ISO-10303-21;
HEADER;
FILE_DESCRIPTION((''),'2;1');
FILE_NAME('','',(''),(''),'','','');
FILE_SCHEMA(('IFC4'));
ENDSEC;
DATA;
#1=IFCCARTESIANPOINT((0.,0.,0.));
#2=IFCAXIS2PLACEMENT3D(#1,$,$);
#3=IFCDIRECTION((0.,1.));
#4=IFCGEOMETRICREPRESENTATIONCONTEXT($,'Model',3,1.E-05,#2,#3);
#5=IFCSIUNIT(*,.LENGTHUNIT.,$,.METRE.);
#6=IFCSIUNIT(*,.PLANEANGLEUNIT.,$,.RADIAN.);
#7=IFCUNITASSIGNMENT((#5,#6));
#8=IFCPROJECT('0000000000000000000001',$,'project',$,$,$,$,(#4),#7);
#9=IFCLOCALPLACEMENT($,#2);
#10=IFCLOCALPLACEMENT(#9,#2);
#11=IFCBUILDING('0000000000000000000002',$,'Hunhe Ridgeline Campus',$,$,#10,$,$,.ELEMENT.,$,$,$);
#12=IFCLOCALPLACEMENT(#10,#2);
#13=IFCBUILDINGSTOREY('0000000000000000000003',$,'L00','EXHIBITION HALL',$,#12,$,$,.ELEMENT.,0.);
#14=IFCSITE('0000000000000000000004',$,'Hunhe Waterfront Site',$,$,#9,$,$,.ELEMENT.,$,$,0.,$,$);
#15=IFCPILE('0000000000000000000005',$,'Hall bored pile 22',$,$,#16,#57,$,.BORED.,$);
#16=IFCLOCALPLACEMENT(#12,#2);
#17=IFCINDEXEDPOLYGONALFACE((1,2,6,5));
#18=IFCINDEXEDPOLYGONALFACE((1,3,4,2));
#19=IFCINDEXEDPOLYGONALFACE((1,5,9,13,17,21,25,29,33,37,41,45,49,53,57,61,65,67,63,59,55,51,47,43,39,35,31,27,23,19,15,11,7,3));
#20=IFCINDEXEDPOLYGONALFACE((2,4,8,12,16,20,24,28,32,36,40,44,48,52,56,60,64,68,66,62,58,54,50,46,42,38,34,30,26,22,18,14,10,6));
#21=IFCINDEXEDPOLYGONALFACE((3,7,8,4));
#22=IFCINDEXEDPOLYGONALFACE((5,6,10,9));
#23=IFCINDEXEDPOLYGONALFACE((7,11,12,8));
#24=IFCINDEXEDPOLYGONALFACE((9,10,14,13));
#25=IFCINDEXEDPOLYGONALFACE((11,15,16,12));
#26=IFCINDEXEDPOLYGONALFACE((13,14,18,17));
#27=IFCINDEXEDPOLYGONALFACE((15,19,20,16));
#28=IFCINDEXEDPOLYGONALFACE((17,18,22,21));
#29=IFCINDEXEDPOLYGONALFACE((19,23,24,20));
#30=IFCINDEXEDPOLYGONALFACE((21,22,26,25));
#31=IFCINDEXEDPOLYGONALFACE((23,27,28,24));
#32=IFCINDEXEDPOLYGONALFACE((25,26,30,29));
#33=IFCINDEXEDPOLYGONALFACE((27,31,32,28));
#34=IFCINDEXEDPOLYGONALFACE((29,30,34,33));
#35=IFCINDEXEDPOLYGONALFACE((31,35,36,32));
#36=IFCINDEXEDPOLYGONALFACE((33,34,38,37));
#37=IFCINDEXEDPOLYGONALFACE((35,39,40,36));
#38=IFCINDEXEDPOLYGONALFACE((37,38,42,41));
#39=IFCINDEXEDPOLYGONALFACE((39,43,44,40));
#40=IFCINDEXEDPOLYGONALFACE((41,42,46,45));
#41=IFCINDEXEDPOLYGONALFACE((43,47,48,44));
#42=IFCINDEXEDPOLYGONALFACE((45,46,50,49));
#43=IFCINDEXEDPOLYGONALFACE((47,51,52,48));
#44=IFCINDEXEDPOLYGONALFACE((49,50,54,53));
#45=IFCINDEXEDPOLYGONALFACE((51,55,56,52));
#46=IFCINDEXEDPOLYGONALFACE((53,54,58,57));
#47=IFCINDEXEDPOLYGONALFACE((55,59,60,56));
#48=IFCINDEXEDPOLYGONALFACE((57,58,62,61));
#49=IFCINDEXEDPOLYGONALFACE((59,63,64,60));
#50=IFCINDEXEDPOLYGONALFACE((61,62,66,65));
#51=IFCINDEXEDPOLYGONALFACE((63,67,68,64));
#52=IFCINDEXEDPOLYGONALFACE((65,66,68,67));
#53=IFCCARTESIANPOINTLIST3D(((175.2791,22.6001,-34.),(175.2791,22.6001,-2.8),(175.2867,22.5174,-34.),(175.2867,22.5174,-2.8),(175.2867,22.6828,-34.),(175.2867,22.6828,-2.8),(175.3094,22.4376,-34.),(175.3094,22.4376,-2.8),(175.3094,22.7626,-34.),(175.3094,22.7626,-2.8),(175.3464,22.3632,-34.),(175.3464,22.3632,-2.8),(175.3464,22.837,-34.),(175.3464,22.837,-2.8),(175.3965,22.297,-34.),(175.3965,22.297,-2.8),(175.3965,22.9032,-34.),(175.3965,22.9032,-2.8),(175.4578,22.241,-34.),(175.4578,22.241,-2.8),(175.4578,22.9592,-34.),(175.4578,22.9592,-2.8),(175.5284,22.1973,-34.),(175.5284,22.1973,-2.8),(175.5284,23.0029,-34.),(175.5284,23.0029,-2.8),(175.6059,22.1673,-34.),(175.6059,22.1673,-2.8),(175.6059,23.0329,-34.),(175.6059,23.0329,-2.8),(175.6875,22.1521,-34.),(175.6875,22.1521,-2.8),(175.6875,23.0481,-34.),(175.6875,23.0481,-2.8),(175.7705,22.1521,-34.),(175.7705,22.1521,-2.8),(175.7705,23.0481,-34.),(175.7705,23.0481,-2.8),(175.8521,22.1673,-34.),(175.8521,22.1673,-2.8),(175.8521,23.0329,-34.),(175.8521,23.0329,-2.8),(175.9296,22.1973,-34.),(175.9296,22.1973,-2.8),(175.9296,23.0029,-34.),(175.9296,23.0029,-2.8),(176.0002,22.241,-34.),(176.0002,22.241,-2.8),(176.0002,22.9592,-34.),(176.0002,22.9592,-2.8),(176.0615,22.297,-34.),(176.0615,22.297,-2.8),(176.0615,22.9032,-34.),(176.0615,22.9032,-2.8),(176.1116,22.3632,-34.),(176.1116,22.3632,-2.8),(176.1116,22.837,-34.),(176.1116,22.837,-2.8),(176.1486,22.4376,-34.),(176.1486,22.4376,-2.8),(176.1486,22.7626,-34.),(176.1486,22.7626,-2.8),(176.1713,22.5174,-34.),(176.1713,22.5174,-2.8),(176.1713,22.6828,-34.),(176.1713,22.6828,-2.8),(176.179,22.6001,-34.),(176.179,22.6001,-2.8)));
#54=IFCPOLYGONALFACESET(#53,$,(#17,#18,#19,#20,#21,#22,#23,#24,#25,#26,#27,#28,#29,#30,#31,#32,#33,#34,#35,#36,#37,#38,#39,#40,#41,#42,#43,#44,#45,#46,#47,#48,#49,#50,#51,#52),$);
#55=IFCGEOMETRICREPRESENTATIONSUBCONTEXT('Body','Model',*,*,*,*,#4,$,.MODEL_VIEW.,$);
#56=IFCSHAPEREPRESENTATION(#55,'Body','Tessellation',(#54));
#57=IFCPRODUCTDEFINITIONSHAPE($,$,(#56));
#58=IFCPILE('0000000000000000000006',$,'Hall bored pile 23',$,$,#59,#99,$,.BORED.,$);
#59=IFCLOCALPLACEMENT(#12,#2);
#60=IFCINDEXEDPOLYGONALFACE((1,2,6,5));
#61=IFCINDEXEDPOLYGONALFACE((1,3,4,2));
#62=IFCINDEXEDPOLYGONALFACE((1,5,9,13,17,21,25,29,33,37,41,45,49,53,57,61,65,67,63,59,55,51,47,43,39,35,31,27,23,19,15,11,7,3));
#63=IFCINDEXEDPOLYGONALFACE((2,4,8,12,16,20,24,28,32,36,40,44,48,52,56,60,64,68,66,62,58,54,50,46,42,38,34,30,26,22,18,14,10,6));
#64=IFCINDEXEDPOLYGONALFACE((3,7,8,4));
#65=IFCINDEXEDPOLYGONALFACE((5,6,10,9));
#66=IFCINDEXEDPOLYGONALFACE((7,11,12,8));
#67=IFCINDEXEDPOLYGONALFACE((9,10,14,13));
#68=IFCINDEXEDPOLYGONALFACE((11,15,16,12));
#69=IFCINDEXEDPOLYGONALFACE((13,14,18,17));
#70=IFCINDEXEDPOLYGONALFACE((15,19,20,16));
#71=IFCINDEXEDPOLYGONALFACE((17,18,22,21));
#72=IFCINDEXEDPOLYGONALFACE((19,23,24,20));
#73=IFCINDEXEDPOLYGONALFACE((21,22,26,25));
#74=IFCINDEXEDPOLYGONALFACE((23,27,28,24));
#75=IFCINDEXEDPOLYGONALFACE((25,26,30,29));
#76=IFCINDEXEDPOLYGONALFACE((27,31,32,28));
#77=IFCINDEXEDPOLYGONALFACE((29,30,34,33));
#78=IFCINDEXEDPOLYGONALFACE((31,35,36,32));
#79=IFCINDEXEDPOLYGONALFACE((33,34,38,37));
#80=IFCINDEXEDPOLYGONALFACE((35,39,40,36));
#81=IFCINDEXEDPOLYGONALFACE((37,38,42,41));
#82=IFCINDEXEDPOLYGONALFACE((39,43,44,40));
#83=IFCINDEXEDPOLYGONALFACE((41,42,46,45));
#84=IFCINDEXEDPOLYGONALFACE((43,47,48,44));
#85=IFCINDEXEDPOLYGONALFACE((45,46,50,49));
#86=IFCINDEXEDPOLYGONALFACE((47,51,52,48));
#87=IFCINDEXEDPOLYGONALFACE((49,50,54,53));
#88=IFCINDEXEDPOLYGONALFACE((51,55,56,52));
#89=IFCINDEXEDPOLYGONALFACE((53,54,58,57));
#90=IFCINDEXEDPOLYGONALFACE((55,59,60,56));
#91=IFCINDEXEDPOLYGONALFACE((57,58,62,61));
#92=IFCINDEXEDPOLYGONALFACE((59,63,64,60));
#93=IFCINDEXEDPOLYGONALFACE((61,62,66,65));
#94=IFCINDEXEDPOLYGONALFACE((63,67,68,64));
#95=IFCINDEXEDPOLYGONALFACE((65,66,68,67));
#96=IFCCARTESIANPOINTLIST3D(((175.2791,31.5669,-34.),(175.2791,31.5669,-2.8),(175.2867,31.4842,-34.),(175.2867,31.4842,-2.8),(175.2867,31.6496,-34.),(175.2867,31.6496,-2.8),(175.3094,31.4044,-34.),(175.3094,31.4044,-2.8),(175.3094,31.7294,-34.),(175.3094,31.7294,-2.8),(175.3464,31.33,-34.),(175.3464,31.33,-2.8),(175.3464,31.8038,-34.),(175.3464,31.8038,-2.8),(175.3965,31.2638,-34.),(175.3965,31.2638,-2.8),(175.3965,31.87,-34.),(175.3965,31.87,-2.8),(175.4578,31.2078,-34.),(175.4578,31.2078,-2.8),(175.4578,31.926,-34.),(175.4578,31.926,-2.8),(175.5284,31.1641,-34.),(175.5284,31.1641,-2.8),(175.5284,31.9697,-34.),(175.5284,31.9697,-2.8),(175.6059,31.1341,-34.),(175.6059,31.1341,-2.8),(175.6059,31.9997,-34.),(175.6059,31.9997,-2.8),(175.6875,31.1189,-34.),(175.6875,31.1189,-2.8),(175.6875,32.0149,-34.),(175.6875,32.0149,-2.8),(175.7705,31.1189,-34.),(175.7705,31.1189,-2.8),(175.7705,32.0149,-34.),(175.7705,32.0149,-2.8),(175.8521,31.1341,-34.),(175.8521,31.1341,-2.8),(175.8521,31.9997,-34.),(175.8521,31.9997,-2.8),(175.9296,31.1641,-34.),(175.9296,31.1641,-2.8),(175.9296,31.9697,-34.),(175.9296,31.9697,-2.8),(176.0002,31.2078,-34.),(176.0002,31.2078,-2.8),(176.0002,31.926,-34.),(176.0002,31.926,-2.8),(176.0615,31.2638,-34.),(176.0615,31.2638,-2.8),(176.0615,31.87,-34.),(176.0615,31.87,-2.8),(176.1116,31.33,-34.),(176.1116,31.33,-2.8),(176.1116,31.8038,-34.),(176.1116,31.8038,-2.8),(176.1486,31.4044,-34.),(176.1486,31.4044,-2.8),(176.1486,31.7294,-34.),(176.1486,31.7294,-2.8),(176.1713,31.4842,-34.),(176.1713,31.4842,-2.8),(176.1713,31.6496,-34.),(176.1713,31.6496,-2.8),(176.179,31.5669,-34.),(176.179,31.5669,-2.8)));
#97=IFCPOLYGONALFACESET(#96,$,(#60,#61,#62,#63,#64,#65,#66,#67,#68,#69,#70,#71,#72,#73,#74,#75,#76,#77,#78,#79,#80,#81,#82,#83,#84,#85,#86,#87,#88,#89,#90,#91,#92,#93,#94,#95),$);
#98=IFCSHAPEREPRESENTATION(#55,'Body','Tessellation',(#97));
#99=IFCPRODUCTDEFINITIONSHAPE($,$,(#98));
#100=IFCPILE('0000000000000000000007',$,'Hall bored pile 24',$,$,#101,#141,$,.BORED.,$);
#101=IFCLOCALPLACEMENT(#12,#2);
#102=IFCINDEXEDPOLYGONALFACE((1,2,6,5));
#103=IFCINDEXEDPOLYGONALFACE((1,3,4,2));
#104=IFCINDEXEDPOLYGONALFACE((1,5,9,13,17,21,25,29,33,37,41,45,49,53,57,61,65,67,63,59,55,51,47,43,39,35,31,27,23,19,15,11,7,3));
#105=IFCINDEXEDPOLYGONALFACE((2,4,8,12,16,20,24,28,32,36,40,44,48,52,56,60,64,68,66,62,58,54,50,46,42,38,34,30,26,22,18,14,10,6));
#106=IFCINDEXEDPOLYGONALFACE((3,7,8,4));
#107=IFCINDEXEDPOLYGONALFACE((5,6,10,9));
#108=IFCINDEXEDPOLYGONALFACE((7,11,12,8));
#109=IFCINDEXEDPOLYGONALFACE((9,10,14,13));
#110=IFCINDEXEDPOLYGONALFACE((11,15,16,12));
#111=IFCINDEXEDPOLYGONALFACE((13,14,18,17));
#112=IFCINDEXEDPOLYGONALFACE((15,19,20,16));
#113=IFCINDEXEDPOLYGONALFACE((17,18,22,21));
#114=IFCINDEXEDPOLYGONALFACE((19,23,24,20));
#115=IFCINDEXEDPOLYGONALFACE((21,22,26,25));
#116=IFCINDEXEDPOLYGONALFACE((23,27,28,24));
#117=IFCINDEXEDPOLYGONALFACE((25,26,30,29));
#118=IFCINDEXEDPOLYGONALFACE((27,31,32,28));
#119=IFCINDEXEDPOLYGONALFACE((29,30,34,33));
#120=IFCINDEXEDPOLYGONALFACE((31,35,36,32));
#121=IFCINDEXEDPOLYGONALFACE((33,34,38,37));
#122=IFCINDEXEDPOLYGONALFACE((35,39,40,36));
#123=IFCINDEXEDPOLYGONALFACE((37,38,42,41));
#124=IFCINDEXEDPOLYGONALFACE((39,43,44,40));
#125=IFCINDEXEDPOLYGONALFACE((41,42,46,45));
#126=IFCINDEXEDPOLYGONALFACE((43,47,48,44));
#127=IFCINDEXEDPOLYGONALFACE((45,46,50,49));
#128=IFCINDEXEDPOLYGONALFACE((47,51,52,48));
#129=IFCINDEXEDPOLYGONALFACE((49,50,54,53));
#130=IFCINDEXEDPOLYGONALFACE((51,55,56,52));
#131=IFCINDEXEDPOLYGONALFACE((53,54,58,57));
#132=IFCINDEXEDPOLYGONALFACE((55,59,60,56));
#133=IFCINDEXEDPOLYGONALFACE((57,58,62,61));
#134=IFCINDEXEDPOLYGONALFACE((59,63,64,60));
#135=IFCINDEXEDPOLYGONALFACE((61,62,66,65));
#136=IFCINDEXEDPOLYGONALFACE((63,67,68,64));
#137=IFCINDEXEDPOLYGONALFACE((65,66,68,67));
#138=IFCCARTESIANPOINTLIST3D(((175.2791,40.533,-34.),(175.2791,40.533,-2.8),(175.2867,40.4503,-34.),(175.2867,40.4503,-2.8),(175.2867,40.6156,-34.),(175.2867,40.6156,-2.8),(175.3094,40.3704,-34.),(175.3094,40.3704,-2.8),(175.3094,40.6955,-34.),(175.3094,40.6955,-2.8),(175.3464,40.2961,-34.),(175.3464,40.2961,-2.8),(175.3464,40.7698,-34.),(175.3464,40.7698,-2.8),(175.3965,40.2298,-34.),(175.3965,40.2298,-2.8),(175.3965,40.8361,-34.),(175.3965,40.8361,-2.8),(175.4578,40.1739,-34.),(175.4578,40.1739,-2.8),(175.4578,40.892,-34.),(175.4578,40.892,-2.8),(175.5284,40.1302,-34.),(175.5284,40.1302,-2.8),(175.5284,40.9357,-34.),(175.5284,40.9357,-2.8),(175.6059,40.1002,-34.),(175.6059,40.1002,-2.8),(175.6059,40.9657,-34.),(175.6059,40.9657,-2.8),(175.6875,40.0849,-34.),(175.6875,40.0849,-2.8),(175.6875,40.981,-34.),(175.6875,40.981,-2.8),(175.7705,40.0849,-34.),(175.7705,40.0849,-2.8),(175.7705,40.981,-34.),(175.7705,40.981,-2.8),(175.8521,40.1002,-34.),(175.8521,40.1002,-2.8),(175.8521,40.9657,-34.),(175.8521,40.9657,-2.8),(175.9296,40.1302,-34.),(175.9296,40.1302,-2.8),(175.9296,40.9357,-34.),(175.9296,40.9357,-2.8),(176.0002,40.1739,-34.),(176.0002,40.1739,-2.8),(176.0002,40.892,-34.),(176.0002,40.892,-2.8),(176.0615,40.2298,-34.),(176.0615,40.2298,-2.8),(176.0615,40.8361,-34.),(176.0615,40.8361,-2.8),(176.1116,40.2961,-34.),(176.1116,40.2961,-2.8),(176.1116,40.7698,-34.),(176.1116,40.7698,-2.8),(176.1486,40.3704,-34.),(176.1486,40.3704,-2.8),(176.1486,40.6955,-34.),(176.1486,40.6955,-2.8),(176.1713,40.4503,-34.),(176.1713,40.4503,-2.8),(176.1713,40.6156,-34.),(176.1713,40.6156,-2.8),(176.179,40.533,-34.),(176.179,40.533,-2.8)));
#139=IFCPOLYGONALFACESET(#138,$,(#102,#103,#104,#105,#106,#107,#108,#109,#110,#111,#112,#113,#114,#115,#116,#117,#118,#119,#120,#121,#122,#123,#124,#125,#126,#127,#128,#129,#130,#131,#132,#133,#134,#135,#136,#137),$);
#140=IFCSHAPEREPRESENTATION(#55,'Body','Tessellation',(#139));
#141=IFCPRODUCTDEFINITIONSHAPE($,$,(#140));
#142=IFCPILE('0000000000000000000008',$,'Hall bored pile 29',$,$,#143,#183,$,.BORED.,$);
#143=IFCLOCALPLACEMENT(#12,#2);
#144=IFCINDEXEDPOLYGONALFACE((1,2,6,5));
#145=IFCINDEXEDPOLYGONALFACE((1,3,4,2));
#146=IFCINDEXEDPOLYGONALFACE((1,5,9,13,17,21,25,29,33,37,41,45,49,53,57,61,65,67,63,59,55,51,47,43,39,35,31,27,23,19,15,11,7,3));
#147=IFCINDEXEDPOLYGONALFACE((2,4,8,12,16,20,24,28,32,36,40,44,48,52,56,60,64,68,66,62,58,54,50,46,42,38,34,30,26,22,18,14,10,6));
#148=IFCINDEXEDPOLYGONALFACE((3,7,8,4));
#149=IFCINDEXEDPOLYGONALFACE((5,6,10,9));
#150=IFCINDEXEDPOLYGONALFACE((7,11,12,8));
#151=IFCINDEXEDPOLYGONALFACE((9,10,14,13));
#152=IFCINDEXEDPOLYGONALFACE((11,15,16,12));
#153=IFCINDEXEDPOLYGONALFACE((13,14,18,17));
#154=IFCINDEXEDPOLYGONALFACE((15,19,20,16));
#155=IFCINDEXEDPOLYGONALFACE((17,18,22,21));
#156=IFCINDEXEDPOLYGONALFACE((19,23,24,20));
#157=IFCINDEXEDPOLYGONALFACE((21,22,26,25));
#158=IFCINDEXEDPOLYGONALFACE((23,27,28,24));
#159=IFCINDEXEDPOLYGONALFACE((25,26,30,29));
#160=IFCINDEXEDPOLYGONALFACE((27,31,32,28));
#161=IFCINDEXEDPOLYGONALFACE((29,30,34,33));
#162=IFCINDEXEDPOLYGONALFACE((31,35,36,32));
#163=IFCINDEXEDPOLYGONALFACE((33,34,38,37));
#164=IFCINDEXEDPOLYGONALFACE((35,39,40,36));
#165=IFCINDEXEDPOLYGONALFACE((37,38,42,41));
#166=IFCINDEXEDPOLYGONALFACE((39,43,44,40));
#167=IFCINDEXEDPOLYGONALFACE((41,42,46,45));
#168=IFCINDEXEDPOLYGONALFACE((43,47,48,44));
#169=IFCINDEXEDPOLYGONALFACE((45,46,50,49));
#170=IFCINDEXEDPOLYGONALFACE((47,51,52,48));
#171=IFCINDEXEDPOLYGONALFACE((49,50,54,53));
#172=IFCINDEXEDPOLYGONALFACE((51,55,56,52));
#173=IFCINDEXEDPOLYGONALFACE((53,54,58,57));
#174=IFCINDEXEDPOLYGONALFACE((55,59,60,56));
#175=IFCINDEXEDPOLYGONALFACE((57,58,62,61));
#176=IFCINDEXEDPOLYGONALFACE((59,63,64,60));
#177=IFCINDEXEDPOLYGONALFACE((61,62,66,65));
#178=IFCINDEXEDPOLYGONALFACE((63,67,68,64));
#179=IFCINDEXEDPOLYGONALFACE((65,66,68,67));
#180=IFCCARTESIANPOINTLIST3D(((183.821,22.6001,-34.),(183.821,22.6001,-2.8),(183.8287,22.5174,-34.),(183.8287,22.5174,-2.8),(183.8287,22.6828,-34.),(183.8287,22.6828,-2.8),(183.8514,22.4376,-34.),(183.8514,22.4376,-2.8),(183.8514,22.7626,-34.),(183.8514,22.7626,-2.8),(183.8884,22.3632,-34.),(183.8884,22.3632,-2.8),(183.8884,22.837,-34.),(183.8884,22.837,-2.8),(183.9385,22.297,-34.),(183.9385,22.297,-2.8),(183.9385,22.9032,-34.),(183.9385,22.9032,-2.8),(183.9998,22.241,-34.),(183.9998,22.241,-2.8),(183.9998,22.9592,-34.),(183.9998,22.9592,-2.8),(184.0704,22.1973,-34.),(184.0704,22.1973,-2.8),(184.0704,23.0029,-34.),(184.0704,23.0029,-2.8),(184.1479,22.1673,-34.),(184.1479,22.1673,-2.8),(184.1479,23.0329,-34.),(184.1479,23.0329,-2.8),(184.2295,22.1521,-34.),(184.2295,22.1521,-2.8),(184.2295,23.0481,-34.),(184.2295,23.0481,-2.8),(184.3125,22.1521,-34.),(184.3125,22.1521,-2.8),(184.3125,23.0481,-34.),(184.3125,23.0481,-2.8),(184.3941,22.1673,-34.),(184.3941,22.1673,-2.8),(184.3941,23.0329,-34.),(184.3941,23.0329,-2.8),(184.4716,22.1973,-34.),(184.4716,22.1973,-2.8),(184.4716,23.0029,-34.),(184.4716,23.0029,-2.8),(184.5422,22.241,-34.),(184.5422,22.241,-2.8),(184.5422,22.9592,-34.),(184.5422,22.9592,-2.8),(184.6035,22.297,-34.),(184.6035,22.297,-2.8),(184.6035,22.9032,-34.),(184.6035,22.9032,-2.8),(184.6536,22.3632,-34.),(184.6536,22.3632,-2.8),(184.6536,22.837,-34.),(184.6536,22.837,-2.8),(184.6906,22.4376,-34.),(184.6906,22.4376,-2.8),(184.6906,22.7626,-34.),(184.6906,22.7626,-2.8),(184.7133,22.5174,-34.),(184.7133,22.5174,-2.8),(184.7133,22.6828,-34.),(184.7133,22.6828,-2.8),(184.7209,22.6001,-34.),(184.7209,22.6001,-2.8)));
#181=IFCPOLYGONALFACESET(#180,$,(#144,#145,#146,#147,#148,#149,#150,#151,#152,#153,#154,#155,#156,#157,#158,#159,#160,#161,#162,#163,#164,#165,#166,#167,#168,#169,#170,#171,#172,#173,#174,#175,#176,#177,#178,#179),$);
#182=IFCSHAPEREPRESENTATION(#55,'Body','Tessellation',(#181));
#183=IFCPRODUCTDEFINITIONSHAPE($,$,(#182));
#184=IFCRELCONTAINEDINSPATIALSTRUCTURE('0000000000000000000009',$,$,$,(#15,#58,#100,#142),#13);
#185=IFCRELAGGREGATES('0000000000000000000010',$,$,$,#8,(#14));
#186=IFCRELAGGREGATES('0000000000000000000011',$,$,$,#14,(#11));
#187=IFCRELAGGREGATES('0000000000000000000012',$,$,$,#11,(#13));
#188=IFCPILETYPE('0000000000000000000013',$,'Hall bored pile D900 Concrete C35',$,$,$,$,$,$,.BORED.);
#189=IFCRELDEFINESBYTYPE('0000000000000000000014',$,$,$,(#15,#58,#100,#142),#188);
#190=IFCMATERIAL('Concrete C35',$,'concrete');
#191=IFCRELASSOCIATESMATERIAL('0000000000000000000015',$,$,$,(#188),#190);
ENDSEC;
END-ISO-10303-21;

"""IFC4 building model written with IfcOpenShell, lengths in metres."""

from ifc_helpers import new_model, si_unit, direction, frame, origin, origin_2d, place, context, subcontext, project, spatial, circle, extrude, material, material_profile, profile_set, type_object, element, save


model = new_model("IFC4")

# Units and contexts
model_context = context("Model", 3, precision=1e-05, world=origin(), true_north=direction((0.0, 1.0)))
body_context = subcontext(model_context, "Body", "Model", "MODEL_VIEW")
ifc_project = project(units=[si_unit("LENGTHUNIT", "METRE"), si_unit("PLANEANGLEUNIT", "RADIAN")], contexts=[model_context])

# Site, building, storey
site_placement = place(None, origin())
site = spatial("IfcSite", under=ifc_project, at=site_placement, Name="Hunhe Waterfront Site", CompositionType="ELEMENT", RefElevation=0.0)
building_placement = place(site_placement, origin())
building = spatial("IfcBuilding", under=site, at=building_placement, Name="Hunhe Ridgeline Campus", CompositionType="ELEMENT")
storey_placement = place(building_placement, origin())
storey = spatial("IfcBuildingStorey", under=building, at=storey_placement, Name="L00", Description="EXHIBITION HALL", CompositionType="ELEMENT", Elevation=0.0)

# Piles
ifc_material_1 = material(Name="Concrete C35", Category="concrete")
ifc_material_profile_1 = material_profile(ifc_material_1, circle(Radius=0.45, at=origin_2d()))
ifc_profile_set_1 = profile_set([ifc_material_profile_1], Name="Concrete C35")
pile_type = type_object("IfcPileType", Name="Hall bored pile D900 Concrete C35", PredefinedType="BORED", material=ifc_profile_set_1)
for number, where, z_axis, x_axis, name in (
    (1, (175.729, 22.6001, -2.8), (0.0, 0.0, -1.0), (1.0, 0.0, 0.0), "Hall bored pile 22"),
    (2, (175.729, 31.5669, -2.8), (0.0, 0.0, -1.0), (1.0, 0.0, 0.0), "Hall bored pile 23"),
    (3, (175.729, 40.533, -2.8), (0.0, 0.0, -1.0), (1.0, 0.0, 0.0), "Hall bored pile 24"),
    (4, (184.271, 22.6001, -2.8), (0.0, 0.0, -1.0), (1.0, 0.0, 0.0), "Hall bored pile 29"),
):
    element("IfcPile", number, at=place(storey_placement, frame(where, z_axis=z_axis, x_axis=x_axis)), inside=storey, type_object=pile_type, Name=name, PredefinedType="BORED", context=body_context, shape_type="SweptSolid", body=[
        extrude(circle(Radius=0.45, at=origin_2d()), origin(), (0.0, 0.0, 1.0), 31.2),
    ])

save(model, "model.ifc")
